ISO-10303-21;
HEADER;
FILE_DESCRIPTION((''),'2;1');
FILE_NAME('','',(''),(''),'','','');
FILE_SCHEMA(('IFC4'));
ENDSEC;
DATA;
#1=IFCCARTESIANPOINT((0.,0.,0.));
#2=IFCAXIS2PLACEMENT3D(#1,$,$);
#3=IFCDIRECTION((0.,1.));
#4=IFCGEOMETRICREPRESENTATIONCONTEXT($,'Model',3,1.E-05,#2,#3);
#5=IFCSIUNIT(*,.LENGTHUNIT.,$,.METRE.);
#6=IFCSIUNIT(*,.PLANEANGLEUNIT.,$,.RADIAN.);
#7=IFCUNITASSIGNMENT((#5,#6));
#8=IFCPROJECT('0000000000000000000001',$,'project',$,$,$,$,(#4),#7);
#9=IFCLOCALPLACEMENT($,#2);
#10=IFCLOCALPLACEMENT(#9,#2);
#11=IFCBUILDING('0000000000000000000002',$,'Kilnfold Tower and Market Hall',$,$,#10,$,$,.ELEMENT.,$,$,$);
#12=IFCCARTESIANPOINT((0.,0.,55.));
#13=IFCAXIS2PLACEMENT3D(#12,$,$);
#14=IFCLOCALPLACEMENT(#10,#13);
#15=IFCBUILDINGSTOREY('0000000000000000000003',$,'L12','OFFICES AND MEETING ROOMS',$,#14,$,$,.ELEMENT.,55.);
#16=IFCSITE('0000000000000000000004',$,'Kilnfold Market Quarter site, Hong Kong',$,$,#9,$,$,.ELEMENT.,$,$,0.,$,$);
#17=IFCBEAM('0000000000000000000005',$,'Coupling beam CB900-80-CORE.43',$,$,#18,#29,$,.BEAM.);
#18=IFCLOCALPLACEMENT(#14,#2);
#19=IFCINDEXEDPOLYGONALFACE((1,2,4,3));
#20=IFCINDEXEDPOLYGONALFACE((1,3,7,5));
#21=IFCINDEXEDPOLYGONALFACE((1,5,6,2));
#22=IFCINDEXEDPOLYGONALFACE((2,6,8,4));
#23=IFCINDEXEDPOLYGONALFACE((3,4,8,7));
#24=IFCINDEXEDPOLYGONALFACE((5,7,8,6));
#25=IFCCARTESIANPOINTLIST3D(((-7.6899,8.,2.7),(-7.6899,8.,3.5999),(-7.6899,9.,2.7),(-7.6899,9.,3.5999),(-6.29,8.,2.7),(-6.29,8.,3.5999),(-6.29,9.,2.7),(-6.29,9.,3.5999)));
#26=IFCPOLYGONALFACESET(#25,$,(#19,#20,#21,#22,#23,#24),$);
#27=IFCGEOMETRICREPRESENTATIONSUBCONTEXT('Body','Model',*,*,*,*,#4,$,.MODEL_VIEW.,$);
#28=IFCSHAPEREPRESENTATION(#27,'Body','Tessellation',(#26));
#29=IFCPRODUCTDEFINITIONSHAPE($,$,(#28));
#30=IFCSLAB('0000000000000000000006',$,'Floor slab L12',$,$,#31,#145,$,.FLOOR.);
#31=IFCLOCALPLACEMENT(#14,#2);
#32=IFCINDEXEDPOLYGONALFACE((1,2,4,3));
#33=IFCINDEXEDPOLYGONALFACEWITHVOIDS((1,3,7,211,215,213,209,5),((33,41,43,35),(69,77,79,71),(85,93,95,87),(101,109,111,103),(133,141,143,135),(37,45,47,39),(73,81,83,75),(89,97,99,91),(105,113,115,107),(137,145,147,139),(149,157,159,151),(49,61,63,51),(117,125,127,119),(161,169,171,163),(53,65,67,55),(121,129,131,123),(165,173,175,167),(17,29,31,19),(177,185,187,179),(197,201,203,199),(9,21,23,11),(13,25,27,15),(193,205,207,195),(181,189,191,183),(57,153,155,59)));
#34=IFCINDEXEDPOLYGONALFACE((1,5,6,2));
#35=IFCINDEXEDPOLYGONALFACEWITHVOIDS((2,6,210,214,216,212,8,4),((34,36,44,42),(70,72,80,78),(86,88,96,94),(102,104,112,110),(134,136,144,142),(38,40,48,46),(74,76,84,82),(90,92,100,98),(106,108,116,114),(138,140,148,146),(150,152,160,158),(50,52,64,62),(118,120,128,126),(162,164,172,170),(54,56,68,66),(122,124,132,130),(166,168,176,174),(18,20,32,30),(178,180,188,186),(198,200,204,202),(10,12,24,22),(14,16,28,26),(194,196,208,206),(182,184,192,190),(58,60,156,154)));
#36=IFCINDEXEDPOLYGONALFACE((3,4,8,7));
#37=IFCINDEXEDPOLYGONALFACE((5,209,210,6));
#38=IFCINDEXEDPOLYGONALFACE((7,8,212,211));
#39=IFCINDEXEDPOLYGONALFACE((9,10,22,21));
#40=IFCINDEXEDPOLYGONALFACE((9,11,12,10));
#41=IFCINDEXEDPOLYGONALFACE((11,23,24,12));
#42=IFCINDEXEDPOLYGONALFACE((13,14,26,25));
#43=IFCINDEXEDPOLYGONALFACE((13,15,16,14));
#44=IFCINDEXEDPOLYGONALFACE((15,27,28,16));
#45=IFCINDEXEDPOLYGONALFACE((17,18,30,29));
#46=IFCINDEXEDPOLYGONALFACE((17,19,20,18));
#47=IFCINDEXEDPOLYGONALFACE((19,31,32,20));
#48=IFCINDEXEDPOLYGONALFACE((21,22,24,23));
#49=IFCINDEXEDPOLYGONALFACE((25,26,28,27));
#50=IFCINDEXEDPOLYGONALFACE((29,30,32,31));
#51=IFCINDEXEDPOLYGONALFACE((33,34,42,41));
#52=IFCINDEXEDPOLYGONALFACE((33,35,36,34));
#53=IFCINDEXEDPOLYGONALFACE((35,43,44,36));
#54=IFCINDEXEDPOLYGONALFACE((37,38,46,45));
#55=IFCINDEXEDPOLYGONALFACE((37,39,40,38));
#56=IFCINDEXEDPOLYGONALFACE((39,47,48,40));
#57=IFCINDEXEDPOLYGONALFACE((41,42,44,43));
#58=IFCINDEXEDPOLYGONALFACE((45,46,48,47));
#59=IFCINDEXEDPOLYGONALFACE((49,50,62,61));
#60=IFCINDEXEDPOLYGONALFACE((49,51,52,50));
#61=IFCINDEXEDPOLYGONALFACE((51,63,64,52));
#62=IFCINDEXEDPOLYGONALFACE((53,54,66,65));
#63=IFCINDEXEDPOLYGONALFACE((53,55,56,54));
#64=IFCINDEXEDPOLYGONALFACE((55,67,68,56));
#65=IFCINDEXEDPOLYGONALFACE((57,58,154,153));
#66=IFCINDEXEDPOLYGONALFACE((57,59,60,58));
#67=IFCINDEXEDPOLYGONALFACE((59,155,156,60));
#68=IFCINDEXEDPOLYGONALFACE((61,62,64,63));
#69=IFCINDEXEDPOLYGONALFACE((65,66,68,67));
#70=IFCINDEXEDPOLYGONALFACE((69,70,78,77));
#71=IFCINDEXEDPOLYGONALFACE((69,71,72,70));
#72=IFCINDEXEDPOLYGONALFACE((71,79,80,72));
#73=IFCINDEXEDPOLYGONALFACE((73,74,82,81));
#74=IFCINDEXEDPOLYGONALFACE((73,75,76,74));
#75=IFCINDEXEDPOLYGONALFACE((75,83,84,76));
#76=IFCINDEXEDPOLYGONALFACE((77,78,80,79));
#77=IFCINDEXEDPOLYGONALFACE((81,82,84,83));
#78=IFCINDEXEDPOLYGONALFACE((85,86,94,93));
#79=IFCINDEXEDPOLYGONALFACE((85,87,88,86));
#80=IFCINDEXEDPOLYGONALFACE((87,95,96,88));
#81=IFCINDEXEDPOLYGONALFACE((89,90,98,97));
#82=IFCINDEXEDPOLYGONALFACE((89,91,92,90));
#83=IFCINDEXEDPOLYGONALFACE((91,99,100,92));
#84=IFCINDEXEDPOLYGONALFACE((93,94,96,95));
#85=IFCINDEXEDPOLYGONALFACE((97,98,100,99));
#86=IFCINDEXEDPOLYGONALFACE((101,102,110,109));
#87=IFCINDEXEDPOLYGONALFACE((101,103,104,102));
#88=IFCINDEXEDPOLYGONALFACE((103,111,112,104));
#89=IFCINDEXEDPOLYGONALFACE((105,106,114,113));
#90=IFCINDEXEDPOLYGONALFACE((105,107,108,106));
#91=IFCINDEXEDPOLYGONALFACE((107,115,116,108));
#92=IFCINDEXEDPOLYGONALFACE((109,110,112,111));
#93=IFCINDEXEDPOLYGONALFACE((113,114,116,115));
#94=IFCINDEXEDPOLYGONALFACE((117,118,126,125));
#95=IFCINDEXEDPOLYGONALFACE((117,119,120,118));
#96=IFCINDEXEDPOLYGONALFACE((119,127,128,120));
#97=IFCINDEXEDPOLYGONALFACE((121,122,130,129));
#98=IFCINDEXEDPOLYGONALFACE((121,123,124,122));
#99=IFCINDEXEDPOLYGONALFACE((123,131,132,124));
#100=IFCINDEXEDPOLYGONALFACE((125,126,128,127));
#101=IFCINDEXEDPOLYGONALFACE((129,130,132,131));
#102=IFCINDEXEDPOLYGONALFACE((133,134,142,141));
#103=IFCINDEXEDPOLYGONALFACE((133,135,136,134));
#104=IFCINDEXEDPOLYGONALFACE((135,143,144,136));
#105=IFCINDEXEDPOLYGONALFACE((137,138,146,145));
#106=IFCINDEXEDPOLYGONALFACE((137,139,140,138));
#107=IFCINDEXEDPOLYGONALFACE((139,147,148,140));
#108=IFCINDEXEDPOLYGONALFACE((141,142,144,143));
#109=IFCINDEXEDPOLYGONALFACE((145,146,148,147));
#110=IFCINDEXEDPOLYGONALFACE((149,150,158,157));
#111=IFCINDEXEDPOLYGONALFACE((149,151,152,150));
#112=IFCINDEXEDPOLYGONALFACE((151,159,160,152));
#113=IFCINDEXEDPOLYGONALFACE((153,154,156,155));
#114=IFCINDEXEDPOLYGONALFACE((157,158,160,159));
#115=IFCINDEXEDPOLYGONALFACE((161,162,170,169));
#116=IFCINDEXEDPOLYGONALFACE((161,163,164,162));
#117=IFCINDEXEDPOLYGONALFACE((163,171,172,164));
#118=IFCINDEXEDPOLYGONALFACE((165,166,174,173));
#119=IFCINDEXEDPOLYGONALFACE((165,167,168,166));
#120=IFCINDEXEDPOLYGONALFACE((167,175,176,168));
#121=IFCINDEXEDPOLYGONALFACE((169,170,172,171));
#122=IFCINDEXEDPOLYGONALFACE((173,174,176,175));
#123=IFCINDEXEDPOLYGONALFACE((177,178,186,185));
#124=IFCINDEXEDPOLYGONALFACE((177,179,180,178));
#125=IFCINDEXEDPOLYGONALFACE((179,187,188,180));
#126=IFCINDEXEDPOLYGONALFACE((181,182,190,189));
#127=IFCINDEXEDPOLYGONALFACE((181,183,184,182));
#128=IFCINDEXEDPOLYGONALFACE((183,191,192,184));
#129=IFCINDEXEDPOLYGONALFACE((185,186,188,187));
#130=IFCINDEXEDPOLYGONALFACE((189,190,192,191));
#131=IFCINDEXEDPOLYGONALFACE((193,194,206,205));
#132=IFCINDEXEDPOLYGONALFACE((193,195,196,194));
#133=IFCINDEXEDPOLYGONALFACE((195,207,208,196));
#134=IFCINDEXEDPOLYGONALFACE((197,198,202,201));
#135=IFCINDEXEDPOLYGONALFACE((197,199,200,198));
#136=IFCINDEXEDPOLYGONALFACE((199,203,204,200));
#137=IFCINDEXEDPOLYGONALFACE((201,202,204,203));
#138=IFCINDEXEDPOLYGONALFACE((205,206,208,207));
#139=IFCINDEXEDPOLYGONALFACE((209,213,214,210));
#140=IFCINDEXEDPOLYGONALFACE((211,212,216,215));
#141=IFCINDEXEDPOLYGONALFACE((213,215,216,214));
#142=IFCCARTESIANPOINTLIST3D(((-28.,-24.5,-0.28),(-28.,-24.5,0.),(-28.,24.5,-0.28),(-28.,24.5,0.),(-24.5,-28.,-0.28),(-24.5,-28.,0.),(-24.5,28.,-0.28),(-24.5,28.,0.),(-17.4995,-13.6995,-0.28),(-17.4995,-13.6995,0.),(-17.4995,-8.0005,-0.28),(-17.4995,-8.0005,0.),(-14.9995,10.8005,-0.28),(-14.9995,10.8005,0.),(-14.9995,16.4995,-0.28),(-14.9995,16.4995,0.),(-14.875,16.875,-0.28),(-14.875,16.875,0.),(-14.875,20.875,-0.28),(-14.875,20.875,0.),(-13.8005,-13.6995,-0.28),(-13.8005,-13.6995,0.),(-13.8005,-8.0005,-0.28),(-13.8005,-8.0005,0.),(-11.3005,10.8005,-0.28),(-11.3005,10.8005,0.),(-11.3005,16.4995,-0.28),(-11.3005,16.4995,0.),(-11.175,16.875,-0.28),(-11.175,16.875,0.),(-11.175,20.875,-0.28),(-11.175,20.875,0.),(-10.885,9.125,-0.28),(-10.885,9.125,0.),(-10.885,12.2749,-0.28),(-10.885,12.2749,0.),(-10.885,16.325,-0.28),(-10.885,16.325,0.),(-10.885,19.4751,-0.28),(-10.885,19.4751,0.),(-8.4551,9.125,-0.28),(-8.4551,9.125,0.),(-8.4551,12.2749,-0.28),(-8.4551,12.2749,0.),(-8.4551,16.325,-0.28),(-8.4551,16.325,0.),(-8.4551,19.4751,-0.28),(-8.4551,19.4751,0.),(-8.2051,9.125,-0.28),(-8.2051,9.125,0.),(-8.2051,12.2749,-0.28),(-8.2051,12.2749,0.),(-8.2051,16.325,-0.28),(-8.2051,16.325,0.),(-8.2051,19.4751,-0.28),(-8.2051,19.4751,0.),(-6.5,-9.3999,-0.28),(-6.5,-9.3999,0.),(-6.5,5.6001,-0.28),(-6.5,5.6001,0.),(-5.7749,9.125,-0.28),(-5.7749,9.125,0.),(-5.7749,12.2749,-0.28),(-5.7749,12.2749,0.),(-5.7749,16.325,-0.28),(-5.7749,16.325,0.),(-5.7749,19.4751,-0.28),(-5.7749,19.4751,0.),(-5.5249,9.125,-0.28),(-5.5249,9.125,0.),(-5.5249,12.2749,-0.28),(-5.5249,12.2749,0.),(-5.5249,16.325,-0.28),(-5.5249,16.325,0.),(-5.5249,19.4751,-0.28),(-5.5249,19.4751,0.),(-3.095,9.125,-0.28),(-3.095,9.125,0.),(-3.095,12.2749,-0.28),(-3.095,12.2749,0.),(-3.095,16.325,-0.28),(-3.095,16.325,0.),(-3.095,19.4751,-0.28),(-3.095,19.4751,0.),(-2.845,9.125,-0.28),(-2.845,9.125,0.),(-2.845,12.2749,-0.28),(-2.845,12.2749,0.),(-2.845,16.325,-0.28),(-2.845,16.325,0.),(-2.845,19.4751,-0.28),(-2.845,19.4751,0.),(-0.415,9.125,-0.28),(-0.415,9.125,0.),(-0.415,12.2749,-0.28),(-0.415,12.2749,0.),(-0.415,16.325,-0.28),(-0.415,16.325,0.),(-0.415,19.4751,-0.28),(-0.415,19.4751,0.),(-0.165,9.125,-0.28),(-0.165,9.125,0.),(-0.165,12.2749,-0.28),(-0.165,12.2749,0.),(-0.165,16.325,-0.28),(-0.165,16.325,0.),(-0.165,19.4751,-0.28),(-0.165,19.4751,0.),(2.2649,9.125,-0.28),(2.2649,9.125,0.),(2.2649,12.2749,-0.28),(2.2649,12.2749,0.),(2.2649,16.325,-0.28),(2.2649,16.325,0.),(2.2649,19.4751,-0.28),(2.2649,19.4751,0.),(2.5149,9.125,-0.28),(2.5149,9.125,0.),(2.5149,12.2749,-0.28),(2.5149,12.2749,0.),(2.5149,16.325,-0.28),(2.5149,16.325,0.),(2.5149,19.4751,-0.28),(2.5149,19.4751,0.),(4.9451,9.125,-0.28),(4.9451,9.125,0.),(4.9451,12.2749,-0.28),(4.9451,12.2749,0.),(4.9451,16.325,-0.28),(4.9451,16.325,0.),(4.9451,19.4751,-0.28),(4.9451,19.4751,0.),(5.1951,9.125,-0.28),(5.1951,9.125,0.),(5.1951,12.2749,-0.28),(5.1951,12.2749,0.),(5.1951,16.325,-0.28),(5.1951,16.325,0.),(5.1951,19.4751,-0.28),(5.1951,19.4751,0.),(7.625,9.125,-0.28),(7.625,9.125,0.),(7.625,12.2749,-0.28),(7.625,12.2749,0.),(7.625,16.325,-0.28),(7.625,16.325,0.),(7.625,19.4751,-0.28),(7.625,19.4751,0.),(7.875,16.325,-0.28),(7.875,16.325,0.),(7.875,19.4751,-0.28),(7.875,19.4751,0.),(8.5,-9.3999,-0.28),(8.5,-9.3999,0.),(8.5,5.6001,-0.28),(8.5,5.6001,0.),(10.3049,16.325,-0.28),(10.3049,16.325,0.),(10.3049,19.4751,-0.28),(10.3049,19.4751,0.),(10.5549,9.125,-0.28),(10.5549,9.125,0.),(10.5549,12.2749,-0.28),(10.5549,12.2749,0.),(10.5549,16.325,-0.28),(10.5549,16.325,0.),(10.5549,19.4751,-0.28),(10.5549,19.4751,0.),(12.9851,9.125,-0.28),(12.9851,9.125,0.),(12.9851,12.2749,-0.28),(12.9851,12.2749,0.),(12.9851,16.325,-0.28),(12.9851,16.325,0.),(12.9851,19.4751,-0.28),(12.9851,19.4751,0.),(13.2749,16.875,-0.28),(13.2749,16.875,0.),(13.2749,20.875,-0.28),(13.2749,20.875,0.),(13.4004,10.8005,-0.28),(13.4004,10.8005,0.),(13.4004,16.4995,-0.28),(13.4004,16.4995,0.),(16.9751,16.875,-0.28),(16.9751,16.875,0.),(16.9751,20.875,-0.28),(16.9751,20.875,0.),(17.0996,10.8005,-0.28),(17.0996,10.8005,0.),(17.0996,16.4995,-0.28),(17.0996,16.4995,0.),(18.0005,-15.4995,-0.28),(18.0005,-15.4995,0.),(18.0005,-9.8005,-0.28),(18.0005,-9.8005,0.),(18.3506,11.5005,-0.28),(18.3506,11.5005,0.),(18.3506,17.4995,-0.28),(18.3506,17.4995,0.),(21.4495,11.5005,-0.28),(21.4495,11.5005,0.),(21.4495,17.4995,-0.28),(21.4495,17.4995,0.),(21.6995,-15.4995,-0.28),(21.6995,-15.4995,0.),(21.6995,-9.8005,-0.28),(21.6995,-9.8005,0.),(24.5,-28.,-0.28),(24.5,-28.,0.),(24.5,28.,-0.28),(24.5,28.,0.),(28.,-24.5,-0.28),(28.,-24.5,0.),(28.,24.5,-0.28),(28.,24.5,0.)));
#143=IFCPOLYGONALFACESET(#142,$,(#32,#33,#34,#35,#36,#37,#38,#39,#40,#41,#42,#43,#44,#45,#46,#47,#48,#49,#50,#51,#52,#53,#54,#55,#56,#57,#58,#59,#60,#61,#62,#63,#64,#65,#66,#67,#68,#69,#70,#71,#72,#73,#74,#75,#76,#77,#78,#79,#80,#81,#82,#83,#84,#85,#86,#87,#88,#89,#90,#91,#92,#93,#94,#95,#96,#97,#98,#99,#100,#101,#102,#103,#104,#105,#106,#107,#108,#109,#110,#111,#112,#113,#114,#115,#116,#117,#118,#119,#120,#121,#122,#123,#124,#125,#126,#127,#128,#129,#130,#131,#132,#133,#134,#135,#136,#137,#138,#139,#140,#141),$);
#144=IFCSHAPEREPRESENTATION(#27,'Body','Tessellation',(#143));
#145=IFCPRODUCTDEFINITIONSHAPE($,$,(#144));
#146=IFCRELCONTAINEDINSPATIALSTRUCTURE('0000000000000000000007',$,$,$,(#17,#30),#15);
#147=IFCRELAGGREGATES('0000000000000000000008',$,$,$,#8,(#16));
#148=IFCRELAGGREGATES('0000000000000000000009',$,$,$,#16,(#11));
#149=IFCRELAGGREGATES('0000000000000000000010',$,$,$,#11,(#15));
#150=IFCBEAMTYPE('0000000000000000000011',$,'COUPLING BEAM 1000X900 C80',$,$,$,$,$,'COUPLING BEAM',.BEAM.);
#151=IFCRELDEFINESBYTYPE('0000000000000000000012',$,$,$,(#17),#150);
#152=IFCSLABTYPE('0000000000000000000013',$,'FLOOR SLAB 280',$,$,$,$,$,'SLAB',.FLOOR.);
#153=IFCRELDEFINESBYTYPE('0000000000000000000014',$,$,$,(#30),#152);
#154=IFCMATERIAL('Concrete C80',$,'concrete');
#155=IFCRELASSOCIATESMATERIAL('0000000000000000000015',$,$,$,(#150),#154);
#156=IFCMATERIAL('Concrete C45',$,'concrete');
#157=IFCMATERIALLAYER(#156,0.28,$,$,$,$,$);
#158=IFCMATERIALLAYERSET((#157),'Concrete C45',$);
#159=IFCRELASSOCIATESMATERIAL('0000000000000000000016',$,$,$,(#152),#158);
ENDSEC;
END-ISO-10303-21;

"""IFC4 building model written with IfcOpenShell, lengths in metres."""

from ifc_helpers import new_model, si_unit, direction, frame, origin, origin_2d, place, context, subcontext, project, spatial, polyline, rectangle, outline, extrude, source, transform, mapped, material, layer, layer_set, material_profile, profile_set, type_object, element, save


model = new_model("IFC4")

# Units and contexts
model_context = context("Model", 3, precision=1e-05, world=origin(), true_north=direction((0.0, 1.0)))
body_context = subcontext(model_context, "Body", "Model", "MODEL_VIEW")
ifc_project = project(units=[si_unit("LENGTHUNIT", "METRE"), si_unit("PLANEANGLEUNIT", "RADIAN")], contexts=[model_context])

# Site, building, storey
site_placement = place(None, origin())
site = spatial("IfcSite", under=ifc_project, at=site_placement, Name="Kilnfold Market Quarter site, Hong Kong", CompositionType="ELEMENT", RefElevation=0.0)
building_placement = place(site_placement, origin())
building = spatial("IfcBuilding", under=site, at=building_placement, Name="Kilnfold Tower and Market Hall", CompositionType="ELEMENT")
storey_placement = place(building_placement, frame((0.0, 0.0, 55.0)))
storey = spatial("IfcBuildingStorey", under=building, at=storey_placement, Name="L12", Description="OFFICES AND MEETING ROOMS", CompositionType="ELEMENT", Elevation=55.0)

# Beam
ifc_material_1 = material(Name="Concrete C80", Category="concrete")
ifc_material_profile = material_profile(ifc_material_1, rectangle(XDim=1.0, YDim=0.8999, at=origin_2d()), Name="RC 1000x900")
ifc_profile_set = profile_set([ifc_material_profile], Name="Concrete C80")
beam_type = type_object("IfcBeamType", Name="COUPLING BEAM 1000X900 C80", ElementType="COUPLING BEAM", PredefinedType="BEAM", material=ifc_profile_set)
shared_shape_1 = source(origin(), body_context, "Body", "SweptSolid", [
    extrude(rectangle(XDim=1.0, YDim=0.8999, at=origin_2d()), origin(), (0.0, 0.0, 1.0), 1.3999),
])
beam_placement = place(storey_placement, frame((-7.6899, 8.5, 3.1499), z_axis=(1.0, 0.0, 0.0), x_axis=(0.0, 1.0, 0.0)))
element("IfcBeam", 1, at=beam_placement, inside=storey, type_object=beam_type, Name="Coupling beam CB900-80-CORE.43", PredefinedType="BEAM", context=body_context, shape_type="MappedRepresentation", body=[
    mapped(shared_shape_1, transform((0.0, 0.0, 0.0))),
])

# Slab
ifc_material_2 = material(Name="Concrete C45", Category="concrete")
ifc_layer_1 = layer(ifc_material_2, 0.28)
ifc_layer_set_1 = layer_set([ifc_layer_1], Name="Concrete C45")
slab_type_1 = type_object("IfcSlabType", Name="FLOOR SLAB 280", ElementType="SLAB", PredefinedType="FLOOR", material=ifc_layer_set_1)
shared_shape_2 = source(origin(), body_context, "Body", "SweptSolid", [
    extrude(outline(polyline([(-24.5, -28.0), (24.5, -28.0), (28.0, -24.5), (28.0, 24.5), (24.5, 28.0), (-24.5, 28.0), (-28.0, 24.5), (-28.0, -24.5), (-24.5, -28.0)]), holes=[polyline([(-13.8005, -13.6995), (-17.4995, -13.6995), (-17.4995, -8.0005), (-13.8005, -8.0005), (-13.8005, -13.6995)]), polyline([(-11.3005, 10.8005), (-14.9995, 10.8005), (-14.9995, 16.4995), (-11.3005, 16.4995), (-11.3005, 10.8005)]), polyline([(-11.175, 16.875), (-14.875, 16.875), (-14.875, 20.875), (-11.175, 20.875), (-11.175, 16.875)]), polyline([(-10.885, 9.125), (-10.885, 12.2749), (-8.4551, 12.2749), (-8.4551, 9.125), (-10.885, 9.125)]), polyline([(-10.885, 16.325), (-10.885, 19.4751), (-8.4551, 19.4751), (-8.4551, 16.325), (-10.885, 16.325)]), polyline([(-5.7749, 9.125), (-8.2051, 9.125), (-8.2051, 12.2749), (-5.7749, 12.2749), (-5.7749, 9.125)]), polyline([(-8.2051, 16.325), (-8.2051, 19.4751), (-5.7749, 19.4751), (-5.7749, 16.325), (-8.2051, 16.325)]), polyline([(-6.5, -9.3999), (-6.5, 5.6001), (8.5, 5.6001), (8.5, -9.3999), (-6.5, -9.3999)]), polyline([(-5.5249, 9.125), (-5.5249, 12.2749), (-3.095, 12.2749), (-3.095, 9.125), (-5.5249, 9.125)]), polyline([(-3.095, 16.325), (-5.5249, 16.325), (-5.5249, 19.4751), (-3.095, 19.4751), (-3.095, 16.325)]), polyline([(-2.845, 9.125), (-2.845, 12.2749), (-0.415, 12.2749), (-0.415, 9.125), (-2.845, 9.125)]), polyline([(-2.845, 16.325), (-2.845, 19.4751), (-0.415, 19.4751), (-0.415, 16.325), (-2.845, 16.325)]), polyline([(-0.165, 9.125), (-0.165, 12.2749), (2.2649, 12.2749), (2.2649, 9.125), (-0.165, 9.125)]), polyline([(-0.165, 16.325), (-0.165, 19.4751), (2.2649, 19.4751), (2.2649, 16.325), (-0.165, 16.325)]), polyline([(4.9451, 9.125), (2.5149, 9.125), (2.5149, 12.2749), (4.9451, 12.2749), (4.9451, 9.125)]), polyline([(2.5149, 16.325), (2.5149, 19.4751), (4.9451, 19.4751), (4.9451, 16.325), (2.5149, 16.325)]), polyline([(5.1951, 9.125), (5.1951, 12.2749), (7.625, 12.2749), (7.625, 9.125), (5.1951, 9.125)]), polyline([(5.1951, 16.325), (5.1951, 19.4751), (7.625, 19.4751), (7.625, 16.325), (5.1951, 16.325)]), polyline([(7.875, 16.325), (7.875, 19.4751), (10.3049, 19.4751), (10.3049, 16.325), (7.875, 16.325)]), polyline([(10.5549, 9.125), (10.5549, 12.2749), (12.9851, 12.2749), (12.9851, 9.125), (10.5549, 9.125)]), polyline([(10.5549, 16.325), (10.5549, 19.4751), (12.9851, 19.4751), (12.9851, 16.325), (10.5549, 16.325)]), polyline([(13.2749, 16.875), (13.2749, 20.875), (16.9751, 20.875), (16.9751, 16.875), (13.2749, 16.875)]), polyline([(17.0996, 10.8005), (13.4004, 10.8005), (13.4004, 16.4995), (17.0996, 16.4995), (17.0996, 10.8005)]), polyline([(21.6995, -9.8005), (21.6995, -15.4995), (18.0005, -15.4995), (18.0005, -9.8005), (21.6995, -9.8005)]), polyline([(18.3506, 11.5005), (18.3506, 17.4995), (21.4495, 17.4995), (21.4495, 11.5005), (18.3506, 11.5005)])]), origin(), (0.0, 0.0, 1.0), 0.28),
])
slab_1_placement = place(storey_placement, frame((0.0, 0.0, -0.28)))
element("IfcSlab", 2, at=slab_1_placement, inside=storey, type_object=slab_type_1, Name="Floor slab L12", PredefinedType="FLOOR", context=body_context, shape_type="MappedRepresentation", body=[
    mapped(shared_shape_2, transform((0.0, 0.0, 0.0))),
])

save(model, "model.ifc")
